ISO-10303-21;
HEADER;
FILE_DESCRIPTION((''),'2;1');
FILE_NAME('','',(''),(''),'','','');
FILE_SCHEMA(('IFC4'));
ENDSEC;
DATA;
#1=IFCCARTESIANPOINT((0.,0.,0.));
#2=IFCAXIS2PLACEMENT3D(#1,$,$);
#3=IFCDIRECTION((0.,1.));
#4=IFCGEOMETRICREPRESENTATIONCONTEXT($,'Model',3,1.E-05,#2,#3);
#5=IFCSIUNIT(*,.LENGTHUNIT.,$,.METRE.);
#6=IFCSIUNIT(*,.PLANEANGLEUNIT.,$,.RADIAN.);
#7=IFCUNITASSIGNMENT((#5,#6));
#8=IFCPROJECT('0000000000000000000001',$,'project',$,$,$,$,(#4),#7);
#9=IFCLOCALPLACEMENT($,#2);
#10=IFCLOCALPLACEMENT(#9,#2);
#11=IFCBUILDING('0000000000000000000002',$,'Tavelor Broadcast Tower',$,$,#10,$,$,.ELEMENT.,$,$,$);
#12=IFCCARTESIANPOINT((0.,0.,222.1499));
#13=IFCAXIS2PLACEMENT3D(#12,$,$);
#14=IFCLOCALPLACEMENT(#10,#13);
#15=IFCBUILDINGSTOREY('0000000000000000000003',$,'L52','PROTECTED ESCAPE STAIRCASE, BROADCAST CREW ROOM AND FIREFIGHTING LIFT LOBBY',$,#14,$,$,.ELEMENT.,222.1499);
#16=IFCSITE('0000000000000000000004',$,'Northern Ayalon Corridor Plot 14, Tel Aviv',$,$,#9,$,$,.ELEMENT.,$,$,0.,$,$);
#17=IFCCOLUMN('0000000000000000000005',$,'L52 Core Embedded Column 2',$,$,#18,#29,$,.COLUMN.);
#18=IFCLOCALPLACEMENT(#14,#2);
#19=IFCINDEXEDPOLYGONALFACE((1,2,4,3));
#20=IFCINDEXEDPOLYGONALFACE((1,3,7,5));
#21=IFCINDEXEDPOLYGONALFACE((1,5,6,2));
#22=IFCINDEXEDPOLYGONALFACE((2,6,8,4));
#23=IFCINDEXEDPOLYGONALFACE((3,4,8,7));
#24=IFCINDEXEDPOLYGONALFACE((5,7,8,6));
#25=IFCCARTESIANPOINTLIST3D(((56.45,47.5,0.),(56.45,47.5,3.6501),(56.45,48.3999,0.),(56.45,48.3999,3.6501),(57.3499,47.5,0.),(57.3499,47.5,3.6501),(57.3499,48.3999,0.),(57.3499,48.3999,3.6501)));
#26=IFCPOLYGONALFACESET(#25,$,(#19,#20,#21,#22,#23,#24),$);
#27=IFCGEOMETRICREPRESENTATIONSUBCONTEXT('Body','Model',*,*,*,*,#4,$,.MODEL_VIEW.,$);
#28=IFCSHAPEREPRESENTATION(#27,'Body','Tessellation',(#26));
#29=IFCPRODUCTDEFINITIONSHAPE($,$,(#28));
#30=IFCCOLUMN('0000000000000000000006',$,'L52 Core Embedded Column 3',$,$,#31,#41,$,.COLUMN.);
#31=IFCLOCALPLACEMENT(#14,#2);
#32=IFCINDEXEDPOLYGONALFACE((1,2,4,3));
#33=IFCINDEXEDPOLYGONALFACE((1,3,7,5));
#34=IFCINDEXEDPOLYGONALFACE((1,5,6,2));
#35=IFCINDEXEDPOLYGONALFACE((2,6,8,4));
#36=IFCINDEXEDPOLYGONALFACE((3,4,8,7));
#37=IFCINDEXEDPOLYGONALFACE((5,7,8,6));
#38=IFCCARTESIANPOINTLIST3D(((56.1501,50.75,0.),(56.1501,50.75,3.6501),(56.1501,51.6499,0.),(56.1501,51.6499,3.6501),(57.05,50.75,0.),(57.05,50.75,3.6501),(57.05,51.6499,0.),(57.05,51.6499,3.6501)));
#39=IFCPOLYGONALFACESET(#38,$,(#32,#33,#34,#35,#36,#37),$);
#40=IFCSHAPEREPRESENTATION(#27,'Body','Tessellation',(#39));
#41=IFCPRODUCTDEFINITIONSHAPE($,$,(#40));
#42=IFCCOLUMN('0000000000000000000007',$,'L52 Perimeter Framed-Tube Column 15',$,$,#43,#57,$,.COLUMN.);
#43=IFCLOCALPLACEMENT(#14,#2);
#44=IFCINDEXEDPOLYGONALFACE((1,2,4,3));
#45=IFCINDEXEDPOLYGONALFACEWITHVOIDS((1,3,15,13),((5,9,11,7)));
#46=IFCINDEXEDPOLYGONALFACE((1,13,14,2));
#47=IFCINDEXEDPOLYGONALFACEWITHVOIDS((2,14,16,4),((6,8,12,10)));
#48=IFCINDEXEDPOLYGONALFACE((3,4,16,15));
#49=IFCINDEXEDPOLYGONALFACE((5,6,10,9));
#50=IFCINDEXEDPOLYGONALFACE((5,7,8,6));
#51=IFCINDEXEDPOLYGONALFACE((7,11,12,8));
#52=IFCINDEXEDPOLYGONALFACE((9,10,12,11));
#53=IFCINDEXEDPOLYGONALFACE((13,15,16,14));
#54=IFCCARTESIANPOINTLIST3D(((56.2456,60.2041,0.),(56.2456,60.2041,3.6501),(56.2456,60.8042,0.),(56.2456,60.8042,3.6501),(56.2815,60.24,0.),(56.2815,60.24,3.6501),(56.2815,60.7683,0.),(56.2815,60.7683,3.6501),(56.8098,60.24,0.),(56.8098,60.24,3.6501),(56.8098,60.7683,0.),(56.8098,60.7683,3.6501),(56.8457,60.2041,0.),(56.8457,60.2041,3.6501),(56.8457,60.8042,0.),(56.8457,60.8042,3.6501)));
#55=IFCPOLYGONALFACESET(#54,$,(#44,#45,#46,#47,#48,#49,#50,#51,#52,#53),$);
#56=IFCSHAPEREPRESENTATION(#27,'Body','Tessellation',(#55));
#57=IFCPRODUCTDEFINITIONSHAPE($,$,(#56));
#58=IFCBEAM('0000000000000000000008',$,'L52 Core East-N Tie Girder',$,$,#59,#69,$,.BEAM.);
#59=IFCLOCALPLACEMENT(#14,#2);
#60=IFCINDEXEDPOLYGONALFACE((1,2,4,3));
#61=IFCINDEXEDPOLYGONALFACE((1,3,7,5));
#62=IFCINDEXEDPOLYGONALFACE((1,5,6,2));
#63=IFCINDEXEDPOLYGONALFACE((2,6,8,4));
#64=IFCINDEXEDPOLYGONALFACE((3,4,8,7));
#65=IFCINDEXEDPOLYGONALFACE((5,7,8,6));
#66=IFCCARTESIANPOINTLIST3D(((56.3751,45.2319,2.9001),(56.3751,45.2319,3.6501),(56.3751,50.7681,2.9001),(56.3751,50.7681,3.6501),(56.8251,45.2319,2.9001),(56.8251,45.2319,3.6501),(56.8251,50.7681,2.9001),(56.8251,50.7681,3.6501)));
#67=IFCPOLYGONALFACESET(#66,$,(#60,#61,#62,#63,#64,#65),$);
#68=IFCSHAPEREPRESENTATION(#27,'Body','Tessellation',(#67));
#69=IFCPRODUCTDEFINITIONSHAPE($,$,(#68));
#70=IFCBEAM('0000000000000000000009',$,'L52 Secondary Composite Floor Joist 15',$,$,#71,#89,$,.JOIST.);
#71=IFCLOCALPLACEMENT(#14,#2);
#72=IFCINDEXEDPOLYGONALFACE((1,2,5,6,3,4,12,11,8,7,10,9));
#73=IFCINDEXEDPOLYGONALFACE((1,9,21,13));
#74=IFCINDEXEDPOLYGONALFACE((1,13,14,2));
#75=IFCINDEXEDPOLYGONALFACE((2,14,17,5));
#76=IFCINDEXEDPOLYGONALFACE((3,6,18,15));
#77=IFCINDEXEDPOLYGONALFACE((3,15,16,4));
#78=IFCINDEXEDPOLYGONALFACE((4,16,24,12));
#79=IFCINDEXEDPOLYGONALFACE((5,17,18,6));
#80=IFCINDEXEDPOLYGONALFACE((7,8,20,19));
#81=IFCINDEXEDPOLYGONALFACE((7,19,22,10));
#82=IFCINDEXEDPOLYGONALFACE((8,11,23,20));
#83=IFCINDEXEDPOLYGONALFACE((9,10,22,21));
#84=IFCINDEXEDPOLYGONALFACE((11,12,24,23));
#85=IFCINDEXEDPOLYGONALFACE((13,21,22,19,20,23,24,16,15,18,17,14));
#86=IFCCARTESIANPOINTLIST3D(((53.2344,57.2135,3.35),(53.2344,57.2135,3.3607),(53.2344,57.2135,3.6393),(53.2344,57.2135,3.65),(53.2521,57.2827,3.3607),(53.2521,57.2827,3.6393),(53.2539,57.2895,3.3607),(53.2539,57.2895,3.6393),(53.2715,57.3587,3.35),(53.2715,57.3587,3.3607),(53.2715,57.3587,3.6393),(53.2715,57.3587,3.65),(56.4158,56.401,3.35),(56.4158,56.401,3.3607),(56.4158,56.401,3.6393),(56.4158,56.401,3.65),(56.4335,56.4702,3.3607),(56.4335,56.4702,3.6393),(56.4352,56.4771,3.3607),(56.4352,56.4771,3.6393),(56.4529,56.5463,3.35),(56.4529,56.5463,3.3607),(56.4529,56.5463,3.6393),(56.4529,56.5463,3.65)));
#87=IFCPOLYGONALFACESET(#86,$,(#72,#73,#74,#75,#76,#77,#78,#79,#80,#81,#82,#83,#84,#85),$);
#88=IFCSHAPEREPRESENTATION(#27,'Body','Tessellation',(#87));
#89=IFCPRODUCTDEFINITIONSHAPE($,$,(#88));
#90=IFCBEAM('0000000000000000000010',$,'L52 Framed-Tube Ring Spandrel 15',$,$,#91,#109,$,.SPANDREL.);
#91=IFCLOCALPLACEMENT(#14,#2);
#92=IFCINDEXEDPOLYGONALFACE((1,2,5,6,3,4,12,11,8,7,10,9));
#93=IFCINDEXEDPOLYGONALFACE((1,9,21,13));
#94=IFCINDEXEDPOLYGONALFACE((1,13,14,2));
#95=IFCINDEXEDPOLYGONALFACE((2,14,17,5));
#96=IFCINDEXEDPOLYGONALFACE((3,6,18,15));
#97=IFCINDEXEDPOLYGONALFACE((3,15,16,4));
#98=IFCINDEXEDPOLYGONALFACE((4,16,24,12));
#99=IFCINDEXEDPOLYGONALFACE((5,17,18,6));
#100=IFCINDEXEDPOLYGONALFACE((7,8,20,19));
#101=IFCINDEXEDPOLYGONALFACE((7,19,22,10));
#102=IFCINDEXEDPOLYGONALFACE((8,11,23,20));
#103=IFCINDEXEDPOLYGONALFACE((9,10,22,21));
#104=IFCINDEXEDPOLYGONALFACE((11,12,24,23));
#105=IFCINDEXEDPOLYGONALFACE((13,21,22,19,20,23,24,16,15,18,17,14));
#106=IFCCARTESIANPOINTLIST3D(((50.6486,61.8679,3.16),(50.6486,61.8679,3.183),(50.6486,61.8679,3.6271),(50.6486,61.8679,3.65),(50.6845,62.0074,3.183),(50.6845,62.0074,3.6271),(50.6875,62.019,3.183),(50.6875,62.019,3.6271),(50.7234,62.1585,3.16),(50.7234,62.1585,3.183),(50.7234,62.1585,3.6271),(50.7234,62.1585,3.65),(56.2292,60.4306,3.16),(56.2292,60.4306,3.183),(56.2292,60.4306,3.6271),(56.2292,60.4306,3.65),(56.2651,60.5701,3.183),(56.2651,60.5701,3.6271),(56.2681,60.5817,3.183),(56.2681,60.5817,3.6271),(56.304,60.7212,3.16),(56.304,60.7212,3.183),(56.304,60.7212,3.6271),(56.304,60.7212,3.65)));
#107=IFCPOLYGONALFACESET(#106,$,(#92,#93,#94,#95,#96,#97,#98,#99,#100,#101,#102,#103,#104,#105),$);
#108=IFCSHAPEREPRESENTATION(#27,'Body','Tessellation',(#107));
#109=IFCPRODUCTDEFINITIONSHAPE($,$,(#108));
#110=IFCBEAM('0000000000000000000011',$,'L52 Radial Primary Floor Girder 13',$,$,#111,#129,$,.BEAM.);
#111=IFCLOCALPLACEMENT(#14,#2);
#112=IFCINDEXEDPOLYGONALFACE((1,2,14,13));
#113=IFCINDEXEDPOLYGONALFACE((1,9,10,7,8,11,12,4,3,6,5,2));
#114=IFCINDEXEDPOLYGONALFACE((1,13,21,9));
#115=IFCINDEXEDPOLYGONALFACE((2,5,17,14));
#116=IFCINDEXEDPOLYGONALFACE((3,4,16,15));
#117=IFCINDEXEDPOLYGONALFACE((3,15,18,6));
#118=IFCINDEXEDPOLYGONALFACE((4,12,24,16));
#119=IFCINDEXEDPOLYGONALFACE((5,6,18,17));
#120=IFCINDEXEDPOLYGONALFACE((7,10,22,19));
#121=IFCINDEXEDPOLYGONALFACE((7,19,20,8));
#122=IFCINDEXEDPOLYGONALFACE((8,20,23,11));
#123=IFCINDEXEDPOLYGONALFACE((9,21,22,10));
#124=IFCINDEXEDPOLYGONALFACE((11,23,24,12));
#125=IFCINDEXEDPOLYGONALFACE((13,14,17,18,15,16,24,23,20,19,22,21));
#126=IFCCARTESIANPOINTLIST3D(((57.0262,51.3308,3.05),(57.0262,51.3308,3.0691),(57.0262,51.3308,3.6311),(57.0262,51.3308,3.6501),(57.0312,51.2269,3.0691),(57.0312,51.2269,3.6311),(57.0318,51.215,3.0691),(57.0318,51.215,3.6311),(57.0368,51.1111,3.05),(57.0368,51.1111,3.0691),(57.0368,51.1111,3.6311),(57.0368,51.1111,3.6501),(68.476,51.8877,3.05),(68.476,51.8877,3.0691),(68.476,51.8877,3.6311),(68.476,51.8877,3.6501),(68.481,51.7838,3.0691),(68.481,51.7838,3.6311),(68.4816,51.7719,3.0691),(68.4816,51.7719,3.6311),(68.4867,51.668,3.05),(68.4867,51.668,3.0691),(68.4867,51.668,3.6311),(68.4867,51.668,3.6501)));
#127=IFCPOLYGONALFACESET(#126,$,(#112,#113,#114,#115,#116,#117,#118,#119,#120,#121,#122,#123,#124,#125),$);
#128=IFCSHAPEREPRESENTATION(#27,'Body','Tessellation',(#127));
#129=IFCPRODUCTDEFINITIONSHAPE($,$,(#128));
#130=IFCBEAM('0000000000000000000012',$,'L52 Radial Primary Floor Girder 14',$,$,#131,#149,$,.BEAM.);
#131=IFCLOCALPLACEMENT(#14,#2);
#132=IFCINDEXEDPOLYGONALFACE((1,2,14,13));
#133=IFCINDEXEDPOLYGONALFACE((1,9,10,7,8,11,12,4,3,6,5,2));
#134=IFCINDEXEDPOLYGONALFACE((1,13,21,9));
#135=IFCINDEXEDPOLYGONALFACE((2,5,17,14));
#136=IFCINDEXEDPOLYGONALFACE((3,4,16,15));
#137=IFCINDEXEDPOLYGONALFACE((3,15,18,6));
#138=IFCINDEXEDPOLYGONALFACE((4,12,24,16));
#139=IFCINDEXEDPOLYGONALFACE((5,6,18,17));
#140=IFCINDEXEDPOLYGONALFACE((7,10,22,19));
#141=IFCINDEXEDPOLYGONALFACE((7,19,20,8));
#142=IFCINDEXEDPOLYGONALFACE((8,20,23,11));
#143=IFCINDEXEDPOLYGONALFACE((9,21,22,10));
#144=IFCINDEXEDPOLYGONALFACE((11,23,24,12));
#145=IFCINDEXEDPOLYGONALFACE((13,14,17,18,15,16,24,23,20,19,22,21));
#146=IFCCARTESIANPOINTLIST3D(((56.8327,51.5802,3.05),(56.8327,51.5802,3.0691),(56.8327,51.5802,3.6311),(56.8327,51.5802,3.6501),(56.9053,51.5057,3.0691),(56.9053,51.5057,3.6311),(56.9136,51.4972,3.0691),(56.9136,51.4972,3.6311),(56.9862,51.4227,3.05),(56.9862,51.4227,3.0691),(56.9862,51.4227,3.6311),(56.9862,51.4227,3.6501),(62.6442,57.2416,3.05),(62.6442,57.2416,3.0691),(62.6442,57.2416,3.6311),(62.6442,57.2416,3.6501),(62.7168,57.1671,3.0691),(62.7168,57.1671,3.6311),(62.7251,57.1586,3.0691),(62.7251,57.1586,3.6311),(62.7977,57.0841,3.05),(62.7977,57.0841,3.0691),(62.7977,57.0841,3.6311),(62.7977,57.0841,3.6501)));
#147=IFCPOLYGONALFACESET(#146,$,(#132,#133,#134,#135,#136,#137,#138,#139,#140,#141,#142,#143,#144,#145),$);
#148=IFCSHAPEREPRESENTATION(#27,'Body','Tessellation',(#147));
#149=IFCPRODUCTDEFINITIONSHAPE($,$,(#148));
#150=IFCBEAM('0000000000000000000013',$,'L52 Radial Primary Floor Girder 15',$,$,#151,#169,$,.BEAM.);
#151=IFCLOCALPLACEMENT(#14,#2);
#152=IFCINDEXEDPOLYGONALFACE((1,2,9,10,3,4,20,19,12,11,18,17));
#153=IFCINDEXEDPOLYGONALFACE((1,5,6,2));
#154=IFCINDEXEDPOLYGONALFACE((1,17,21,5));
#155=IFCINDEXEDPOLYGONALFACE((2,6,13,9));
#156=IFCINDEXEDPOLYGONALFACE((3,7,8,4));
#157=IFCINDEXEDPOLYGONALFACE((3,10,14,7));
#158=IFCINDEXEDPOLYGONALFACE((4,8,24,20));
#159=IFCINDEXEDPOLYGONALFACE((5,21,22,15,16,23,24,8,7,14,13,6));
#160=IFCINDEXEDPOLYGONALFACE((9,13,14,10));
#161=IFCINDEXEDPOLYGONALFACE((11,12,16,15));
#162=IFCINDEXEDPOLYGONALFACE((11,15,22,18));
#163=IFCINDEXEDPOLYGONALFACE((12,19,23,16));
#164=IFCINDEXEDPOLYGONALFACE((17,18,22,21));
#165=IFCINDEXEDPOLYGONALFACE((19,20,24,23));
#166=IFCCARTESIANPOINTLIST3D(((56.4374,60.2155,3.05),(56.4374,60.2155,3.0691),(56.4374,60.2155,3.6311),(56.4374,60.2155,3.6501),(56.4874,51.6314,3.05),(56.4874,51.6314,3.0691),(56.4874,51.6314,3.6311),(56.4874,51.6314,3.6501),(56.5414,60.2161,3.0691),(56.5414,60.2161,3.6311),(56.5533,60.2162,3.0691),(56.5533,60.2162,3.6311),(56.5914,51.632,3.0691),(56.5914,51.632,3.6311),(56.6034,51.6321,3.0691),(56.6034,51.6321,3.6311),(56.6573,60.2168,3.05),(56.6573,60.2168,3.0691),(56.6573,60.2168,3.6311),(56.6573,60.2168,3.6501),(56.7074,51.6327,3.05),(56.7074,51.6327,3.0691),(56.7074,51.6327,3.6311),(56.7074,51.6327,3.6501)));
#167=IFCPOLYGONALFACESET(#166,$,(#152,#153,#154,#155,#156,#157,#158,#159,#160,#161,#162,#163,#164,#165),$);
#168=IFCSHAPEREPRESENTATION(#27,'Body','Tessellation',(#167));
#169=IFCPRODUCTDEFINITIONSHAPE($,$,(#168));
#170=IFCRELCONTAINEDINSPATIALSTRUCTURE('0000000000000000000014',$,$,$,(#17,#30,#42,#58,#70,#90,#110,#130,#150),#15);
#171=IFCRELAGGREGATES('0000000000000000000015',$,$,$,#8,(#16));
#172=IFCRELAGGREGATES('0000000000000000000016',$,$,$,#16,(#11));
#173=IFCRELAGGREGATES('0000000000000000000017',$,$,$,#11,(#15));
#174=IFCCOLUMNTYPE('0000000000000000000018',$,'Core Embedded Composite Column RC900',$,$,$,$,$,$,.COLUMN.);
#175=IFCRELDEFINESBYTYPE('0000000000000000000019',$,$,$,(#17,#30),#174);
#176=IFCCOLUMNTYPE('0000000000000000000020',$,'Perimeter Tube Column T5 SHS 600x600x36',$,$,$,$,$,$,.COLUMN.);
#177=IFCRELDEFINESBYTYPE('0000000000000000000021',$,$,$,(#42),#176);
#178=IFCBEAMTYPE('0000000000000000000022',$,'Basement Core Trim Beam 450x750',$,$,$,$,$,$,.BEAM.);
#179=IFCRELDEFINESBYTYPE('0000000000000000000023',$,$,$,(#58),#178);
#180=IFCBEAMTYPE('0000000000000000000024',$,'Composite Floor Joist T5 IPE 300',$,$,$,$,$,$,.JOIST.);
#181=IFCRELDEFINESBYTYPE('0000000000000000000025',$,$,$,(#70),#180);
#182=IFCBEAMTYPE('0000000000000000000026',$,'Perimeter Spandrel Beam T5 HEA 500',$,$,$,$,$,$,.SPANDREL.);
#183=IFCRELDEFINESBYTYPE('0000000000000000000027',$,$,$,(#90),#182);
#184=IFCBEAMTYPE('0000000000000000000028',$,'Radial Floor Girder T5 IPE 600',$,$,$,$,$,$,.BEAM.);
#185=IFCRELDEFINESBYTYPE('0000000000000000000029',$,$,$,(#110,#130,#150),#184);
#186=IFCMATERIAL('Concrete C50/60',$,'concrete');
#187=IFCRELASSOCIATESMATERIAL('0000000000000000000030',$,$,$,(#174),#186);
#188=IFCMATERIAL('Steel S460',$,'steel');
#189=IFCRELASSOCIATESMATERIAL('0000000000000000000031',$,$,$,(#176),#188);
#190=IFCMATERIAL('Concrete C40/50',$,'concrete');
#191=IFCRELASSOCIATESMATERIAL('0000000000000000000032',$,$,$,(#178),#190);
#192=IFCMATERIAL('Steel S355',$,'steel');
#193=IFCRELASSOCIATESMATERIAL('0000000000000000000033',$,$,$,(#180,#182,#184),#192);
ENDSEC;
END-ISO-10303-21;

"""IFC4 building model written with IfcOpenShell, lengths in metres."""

from ifc_helpers import new_model, si_unit, direction, frame, origin, origin_2d, place, context, subcontext, project, spatial, rectangle, hollow_rectangle, i_section, extrude, material, material_profile, profile_set, type_object, element, save


model = new_model("IFC4")

# Units and contexts
model_context = context("Model", 3, precision=1e-05, world=origin(), true_north=direction((0.0, 1.0)))
body_context = subcontext(model_context, "Body", "Model", "MODEL_VIEW")
ifc_project = project(units=[si_unit("LENGTHUNIT", "METRE"), si_unit("PLANEANGLEUNIT", "RADIAN")], contexts=[model_context])

# Site, building, storey
site_placement = place(None, origin())
site = spatial("IfcSite", under=ifc_project, at=site_placement, Name="Northern Ayalon Corridor Plot 14, Tel Aviv", CompositionType="ELEMENT", RefElevation=0.0)
building_placement = place(site_placement, origin())
building = spatial("IfcBuilding", under=site, at=building_placement, Name="Tavelor Broadcast Tower", CompositionType="ELEMENT")
storey_placement = place(building_placement, frame((0.0, 0.0, 222.1499)))
storey = spatial("IfcBuildingStorey", under=building, at=storey_placement, Name="L52", Description="PROTECTED ESCAPE STAIRCASE, BROADCAST CREW ROOM AND FIREFIGHTING LIFT LOBBY", CompositionType="ELEMENT", Elevation=222.1499)

# Columns
ifc_material_1 = material(Name="Concrete C50/60", Category="concrete")
ifc_material_profile_1 = material_profile(ifc_material_1, rectangle(XDim=0.8999, YDim=0.8999, at=origin_2d()), Name="RC 900x900")
ifc_profile_set_1 = profile_set([ifc_material_profile_1], Name="Concrete C50/60")
column_type_1 = type_object("IfcColumnType", Name="Core Embedded Composite Column RC900", PredefinedType="COLUMN", material=ifc_profile_set_1)
for number, where, z_axis, x_axis, name in (
    (1, (56.8999, 47.95, 0.0), (0.0, 0.0, 1.0), (1.0, 0.0, 0.0), "L52 Core Embedded Column 2"),
    (2, (56.6001, 51.2, 0.0), (0.0, 0.0, 1.0), (1.0, 0.0, 0.0), "L52 Core Embedded Column 3"),
):
    element("IfcColumn", number, at=place(storey_placement, frame(where, z_axis=z_axis, x_axis=x_axis)), inside=storey, type_object=column_type_1, Name=name, PredefinedType="COLUMN", context=body_context, shape_type="SweptSolid", body=[
        extrude(rectangle(XDim=0.8999, YDim=0.8999, at=origin_2d()), origin(), (0.0, 0.0, 1.0), 3.6501),
    ])
ifc_material_2 = material(Name="Steel S460", Category="steel")
ifc_material_profile_2 = material_profile(ifc_material_2, hollow_rectangle(XDim=0.6001, YDim=0.6001, WallThickness=0.0359, at=origin_2d()), Name="SHS 600x600x36")
ifc_profile_set_2 = profile_set([ifc_material_profile_2], Name="Steel S460")
column_type_2 = type_object("IfcColumnType", Name="Perimeter Tube Column T5 SHS 600x600x36", PredefinedType="COLUMN", material=ifc_profile_set_2)
column_placement = place(storey_placement, frame((56.5457, 60.5042, 0.0), z_axis=(0.0, 0.0, 1.0), x_axis=(1.0, 0.0, 0.0)))
element("IfcColumn", 3, at=column_placement, inside=storey, type_object=column_type_2, Name="L52 Perimeter Framed-Tube Column 15", PredefinedType="COLUMN", context=body_context, shape_type="SweptSolid", body=[
    extrude(hollow_rectangle(XDim=0.6001, YDim=0.6001, WallThickness=0.0359, at=origin_2d()), origin(), (0.0, 0.0, 1.0), 3.6501),
])

# Beams
ifc_material_3 = material(Name="Concrete C40/50", Category="concrete")
ifc_material_profile_3 = material_profile(ifc_material_3, rectangle(XDim=0.45, YDim=0.75, at=origin_2d()), Name="RC 450x750")
ifc_profile_set_3 = profile_set([ifc_material_profile_3], Name="Concrete C40/50")
beam_type_1 = type_object("IfcBeamType", Name="Basement Core Trim Beam 450x750", PredefinedType="BEAM", material=ifc_profile_set_3)
beam_1_placement = place(storey_placement, frame((56.6001, 45.2319, 3.2751), z_axis=(0.0, 1.0, 0.0), x_axis=(-1.0, 0.0, 0.0)))
element("IfcBeam", 4, at=beam_1_placement, inside=storey, type_object=beam_type_1, Name="L52 Core East-N Tie Girder", PredefinedType="BEAM", context=body_context, shape_type="SweptSolid", body=[
    extrude(rectangle(XDim=0.45, YDim=0.75, at=origin_2d()), origin(), (0.0, 0.0, 1.0), 5.5361),
])
ifc_material_4 = material(Name="Steel S355", Category="steel")
ifc_material_profile_4 = material_profile(ifc_material_4, i_section(OverallWidth=0.1499, OverallDepth=0.3, WebThickness=0.0071, FlangeThickness=0.0107, at=origin_2d()), Name="IPE 300")
ifc_profile_set_4 = profile_set([ifc_material_profile_4], Name="Steel S355")
beam_type_2 = type_object("IfcBeamType", Name="Composite Floor Joist T5 IPE 300", PredefinedType="JOIST", material=ifc_profile_set_4)
beam_2_placement = place(storey_placement, frame((56.4343, 56.4736, 3.5), z_axis=(-0.968901, 0.247449, 0.0), x_axis=(-0.247449, -0.968901, 0.0)))
element("IfcBeam", 5, at=beam_2_placement, inside=storey, type_object=beam_type_2, Name="L52 Secondary Composite Floor Joist 15", PredefinedType="JOIST", context=body_context, shape_type="SweptSolid", body=[
    extrude(i_section(OverallWidth=0.1499, OverallDepth=0.3, WebThickness=0.0071, FlangeThickness=0.0107, at=origin_2d()), origin(), (0.0, 0.0, 1.0), 3.2834),
])
ifc_material_profile_5 = material_profile(ifc_material_4, i_section(OverallWidth=0.3, OverallDepth=0.49, WebThickness=0.012, FlangeThickness=0.0229, at=origin_2d()), Name="HEA 500")
ifc_profile_set_5 = profile_set([ifc_material_profile_5], Name="Steel S355")
beam_type_3 = type_object("IfcBeamType", Name="Perimeter Spandrel Beam T5 HEA 500", PredefinedType="SPANDREL", material=ifc_profile_set_5)
beam_3_placement = place(storey_placement, frame((56.2666, 60.5759, 3.405), z_axis=(-0.968399, 0.249408, 0.0), x_axis=(-0.249408, -0.968399, 0.0)))
element("IfcBeam", 6, at=beam_3_placement, inside=storey, type_object=beam_type_3, Name="L52 Framed-Tube Ring Spandrel 15", PredefinedType="SPANDREL", context=body_context, shape_type="SweptSolid", body=[
    extrude(i_section(OverallWidth=0.3, OverallDepth=0.49, WebThickness=0.012, FlangeThickness=0.0229, at=origin_2d()), origin(), (0.0, 0.0, 1.0), 5.7627),
])
ifc_material_profile_6 = material_profile(ifc_material_4, i_section(OverallWidth=0.22, OverallDepth=0.6001, WebThickness=0.012, FlangeThickness=0.019, at=origin_2d()), Name="IPE 600")
ifc_profile_set_6 = profile_set([ifc_material_profile_6], Name="Steel S355")
beam_type_4 = type_object("IfcBeamType", Name="Radial Floor Girder T5 IPE 600", PredefinedType="BEAM", material=ifc_profile_set_6)
beam_4_placement = place(storey_placement, frame((57.0315, 51.2209, 3.3501), z_axis=(0.998819, 0.048579, 0.0), x_axis=(-0.048579, 0.998819, 0.0)))
element("IfcBeam", 7, at=beam_4_placement, inside=storey, type_object=beam_type_4, Name="L52 Radial Primary Floor Girder 13", PredefinedType="BEAM", context=body_context, shape_type="SweptSolid", body=[
    extrude(i_section(OverallWidth=0.22, OverallDepth=0.6001, WebThickness=0.012, FlangeThickness=0.019, at=origin_2d()), origin(), (0.0, 0.0, 1.0), 11.4634),
])
beam_5_placement = place(storey_placement, frame((56.9094, 51.5015, 3.3501), z_axis=(0.716299, 0.697793, 0.0), x_axis=(-0.697793, 0.716299, 0.0)))
element("IfcBeam", 8, at=beam_5_placement, inside=storey, type_object=beam_type_4, Name="L52 Radial Primary Floor Girder 14", PredefinedType="BEAM", context=body_context, shape_type="SweptSolid", body=[
    extrude(i_section(OverallWidth=0.22, OverallDepth=0.6001, WebThickness=0.012, FlangeThickness=0.019, at=origin_2d()), origin(), (0.0, 0.0, 1.0), 8.1133),
])
beam_6_placement = place(storey_placement, frame((56.5974, 51.6321, 3.3501), z_axis=(-0.00583, 0.999983, 0.0), x_axis=(-0.999983, -0.00583, 0.0)))
element("IfcBeam", 9, at=beam_6_placement, inside=storey, type_object=beam_type_4, Name="L52 Radial Primary Floor Girder 15", PredefinedType="BEAM", context=body_context, shape_type="SweptSolid", body=[
    extrude(i_section(OverallWidth=0.22, OverallDepth=0.6001, WebThickness=0.012, FlangeThickness=0.019, at=origin_2d()), origin(), (0.0, 0.0, 1.0), 8.5842),
])

save(model, "model.ifc")
